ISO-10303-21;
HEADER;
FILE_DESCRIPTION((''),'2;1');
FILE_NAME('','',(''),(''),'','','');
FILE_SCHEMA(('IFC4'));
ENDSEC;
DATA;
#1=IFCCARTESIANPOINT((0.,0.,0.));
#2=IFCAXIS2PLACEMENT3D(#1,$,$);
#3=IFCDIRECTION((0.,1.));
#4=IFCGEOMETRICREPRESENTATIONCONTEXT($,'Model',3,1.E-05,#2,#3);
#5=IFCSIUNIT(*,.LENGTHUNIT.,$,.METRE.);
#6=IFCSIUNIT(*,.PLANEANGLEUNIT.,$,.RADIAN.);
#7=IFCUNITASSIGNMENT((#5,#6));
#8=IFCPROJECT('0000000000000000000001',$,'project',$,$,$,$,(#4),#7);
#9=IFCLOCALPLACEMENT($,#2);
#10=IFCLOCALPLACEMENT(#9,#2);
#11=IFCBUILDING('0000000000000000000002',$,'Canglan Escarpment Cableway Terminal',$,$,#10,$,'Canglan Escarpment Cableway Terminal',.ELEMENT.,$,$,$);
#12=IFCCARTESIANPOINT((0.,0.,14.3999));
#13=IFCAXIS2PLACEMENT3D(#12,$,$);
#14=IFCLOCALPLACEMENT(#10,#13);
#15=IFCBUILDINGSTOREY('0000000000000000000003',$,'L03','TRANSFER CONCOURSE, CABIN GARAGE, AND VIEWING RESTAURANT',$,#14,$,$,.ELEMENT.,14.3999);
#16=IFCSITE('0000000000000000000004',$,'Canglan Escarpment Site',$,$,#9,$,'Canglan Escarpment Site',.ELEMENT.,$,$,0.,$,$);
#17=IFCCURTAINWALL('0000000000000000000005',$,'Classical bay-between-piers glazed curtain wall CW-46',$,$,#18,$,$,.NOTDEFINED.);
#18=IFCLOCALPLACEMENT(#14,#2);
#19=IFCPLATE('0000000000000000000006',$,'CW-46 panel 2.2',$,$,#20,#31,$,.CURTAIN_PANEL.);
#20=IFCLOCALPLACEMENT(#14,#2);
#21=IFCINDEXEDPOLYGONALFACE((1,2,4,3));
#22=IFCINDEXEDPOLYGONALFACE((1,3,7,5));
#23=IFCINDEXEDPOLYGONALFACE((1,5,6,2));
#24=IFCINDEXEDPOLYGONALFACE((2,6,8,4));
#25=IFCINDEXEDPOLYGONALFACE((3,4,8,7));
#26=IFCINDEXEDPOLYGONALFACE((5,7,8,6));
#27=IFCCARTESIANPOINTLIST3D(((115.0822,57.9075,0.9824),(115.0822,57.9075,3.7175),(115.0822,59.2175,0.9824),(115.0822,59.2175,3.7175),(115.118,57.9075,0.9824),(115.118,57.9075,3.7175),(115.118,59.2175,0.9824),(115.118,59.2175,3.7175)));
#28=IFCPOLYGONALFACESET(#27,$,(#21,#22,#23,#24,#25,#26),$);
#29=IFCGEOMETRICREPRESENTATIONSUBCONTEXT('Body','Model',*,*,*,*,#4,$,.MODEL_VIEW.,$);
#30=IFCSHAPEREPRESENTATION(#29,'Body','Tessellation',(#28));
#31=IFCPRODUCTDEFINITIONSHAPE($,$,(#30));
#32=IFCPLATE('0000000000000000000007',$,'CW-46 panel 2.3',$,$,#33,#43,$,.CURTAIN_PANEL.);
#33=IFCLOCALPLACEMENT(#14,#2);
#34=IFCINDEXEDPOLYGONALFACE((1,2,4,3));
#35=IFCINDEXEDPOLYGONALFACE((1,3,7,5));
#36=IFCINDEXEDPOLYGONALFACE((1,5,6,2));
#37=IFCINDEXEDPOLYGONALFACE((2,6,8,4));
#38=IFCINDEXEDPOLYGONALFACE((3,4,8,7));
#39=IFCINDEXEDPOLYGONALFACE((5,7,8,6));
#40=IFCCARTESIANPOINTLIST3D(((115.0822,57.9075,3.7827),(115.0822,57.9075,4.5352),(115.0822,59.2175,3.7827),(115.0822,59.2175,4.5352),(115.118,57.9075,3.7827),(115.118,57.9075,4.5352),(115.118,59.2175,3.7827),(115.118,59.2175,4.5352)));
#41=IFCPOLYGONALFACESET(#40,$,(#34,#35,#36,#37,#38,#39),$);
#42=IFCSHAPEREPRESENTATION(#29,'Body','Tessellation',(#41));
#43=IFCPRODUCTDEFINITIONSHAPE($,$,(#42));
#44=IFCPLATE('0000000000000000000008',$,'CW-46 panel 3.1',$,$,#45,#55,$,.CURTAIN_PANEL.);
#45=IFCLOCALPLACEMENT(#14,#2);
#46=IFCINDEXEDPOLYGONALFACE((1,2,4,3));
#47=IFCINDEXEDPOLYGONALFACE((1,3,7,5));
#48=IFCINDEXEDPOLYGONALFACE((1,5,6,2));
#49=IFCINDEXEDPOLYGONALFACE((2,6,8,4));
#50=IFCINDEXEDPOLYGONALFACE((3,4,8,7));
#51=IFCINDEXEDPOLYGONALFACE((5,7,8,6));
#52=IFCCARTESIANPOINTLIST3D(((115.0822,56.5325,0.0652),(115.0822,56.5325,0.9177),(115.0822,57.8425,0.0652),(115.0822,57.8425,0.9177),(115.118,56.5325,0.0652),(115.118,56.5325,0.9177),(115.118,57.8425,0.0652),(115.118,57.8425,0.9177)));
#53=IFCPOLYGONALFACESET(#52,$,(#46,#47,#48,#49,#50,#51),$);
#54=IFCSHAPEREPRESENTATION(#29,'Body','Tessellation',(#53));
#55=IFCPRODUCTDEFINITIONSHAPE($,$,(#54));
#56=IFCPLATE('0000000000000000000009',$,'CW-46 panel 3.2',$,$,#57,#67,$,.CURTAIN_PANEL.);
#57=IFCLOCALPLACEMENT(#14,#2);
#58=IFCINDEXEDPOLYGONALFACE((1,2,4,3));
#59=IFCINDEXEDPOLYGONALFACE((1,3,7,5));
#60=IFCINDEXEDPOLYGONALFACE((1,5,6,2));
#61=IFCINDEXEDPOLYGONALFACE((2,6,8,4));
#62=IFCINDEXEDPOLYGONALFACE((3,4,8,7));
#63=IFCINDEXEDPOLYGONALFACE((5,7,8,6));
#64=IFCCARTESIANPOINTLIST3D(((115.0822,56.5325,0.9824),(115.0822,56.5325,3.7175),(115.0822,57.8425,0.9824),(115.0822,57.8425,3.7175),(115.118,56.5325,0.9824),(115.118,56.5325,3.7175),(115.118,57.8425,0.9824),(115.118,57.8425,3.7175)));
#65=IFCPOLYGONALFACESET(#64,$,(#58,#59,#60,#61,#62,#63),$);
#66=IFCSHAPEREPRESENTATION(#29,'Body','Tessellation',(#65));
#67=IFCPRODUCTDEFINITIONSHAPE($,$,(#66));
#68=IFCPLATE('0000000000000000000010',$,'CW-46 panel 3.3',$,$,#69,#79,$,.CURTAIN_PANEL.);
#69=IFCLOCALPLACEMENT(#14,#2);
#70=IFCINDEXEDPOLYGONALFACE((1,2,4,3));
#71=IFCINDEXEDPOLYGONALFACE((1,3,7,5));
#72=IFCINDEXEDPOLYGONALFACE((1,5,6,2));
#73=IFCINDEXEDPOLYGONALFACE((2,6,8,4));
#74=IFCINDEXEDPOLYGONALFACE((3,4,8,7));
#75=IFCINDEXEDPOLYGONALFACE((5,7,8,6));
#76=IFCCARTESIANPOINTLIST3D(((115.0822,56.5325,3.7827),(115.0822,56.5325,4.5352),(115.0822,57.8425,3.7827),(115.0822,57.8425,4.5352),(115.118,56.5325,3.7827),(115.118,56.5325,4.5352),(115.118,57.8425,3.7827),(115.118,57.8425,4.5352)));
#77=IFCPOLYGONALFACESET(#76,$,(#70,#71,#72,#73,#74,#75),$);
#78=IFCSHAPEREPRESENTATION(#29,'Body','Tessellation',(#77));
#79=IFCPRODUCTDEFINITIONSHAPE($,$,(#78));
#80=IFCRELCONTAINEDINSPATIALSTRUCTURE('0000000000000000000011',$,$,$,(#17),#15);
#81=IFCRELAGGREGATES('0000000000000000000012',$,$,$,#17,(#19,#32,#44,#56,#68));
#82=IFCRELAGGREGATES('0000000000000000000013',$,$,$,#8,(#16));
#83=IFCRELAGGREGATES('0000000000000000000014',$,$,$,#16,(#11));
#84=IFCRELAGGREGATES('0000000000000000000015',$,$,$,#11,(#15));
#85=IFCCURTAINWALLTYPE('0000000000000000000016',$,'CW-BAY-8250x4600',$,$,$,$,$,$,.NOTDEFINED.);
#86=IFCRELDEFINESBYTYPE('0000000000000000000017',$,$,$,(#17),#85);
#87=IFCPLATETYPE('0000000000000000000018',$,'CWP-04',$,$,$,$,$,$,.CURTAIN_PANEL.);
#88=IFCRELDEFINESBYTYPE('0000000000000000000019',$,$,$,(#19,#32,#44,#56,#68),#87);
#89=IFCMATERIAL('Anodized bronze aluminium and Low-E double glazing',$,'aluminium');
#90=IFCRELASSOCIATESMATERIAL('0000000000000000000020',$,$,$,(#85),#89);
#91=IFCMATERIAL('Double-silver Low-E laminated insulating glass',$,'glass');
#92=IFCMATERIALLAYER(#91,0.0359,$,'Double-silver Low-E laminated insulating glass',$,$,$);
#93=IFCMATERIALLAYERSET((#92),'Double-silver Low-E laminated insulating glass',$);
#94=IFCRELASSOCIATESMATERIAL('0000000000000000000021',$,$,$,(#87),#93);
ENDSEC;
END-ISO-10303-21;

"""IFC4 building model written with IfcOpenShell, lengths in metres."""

from ifc_helpers import new_model, si_unit, direction, frame, origin, origin_2d, place, context, subcontext, project, spatial, rectangle, extrude, material, layer, layer_set, type_object, element, aggregate, save


model = new_model("IFC4")

# Units and contexts
model_context = context("Model", 3, precision=1e-05, world=origin(), true_north=direction((0.0, 1.0)))
body_context = subcontext(model_context, "Body", "Model", "MODEL_VIEW")
ifc_project = project(units=[si_unit("LENGTHUNIT", "METRE"), si_unit("PLANEANGLEUNIT", "RADIAN")], contexts=[model_context])

# Site, building, storey
site_placement = place(None, origin())
site = spatial("IfcSite", under=ifc_project, at=site_placement, Name="Canglan Escarpment Site", LongName="Canglan Escarpment Site", CompositionType="ELEMENT", RefElevation=0.0)
building_placement = place(site_placement, origin())
building = spatial("IfcBuilding", under=site, at=building_placement, Name="Canglan Escarpment Cableway Terminal", LongName="Canglan Escarpment Cableway Terminal", CompositionType="ELEMENT")
storey_placement = place(building_placement, frame((0.0, 0.0, 14.3999)))
storey = spatial("IfcBuildingStorey", under=building, at=storey_placement, Name="L03", Description="TRANSFER CONCOURSE, CABIN GARAGE, AND VIEWING RESTAURANT", CompositionType="ELEMENT", Elevation=14.3999)

# Curtain wall, plates
ifc_material_1 = material(Name="Anodized bronze aluminium and Low-E double glazing", Category="aluminium")
curtain_wall_type = type_object("IfcCurtainWallType", Name="CW-BAY-8250x4600", PredefinedType="NOTDEFINED", material=ifc_material_1)
curtain_wall_placement = place(storey_placement, origin())
curtain_wall = element("IfcCurtainWall", 1, at=curtain_wall_placement, inside=storey, type_object=curtain_wall_type, Name="Classical bay-between-piers glazed curtain wall CW-46", PredefinedType="NOTDEFINED")
ifc_material_2 = material(Name="Double-silver Low-E laminated insulating glass", Category="glass")
ifc_layer = layer(ifc_material_2, 0.0359, Name="Double-silver Low-E laminated insulating glass")
ifc_layer_set = layer_set([ifc_layer], Name="Double-silver Low-E laminated insulating glass")
plate_type = type_object("IfcPlateType", Name="CWP-04", PredefinedType="CURTAIN_PANEL", material=ifc_layer_set)
plate_1_placement = place(storey_placement, frame((115.1001, 58.5625, 0.9824), z_axis=(0.0, 0.0, 1.0), x_axis=(0.0, -1.0, 0.0)))
plate_1 = element("IfcPlate", 2, at=plate_1_placement, type_object=plate_type, Name="CW-46 panel 2.2", PredefinedType="CURTAIN_PANEL", context=body_context, shape_type="SweptSolid", body=[
    extrude(rectangle(XDim=1.3101, YDim=0.0359, at=origin_2d()), origin(), (0.0, 0.0, 1.0), 2.7351),
])
plate_2_placement = place(storey_placement, frame((115.1001, 58.5625, 3.7827), z_axis=(0.0, 0.0, 1.0), x_axis=(0.0, -1.0, 0.0)))
plate_2 = element("IfcPlate", 3, at=plate_2_placement, type_object=plate_type, Name="CW-46 panel 2.3", PredefinedType="CURTAIN_PANEL", context=body_context, shape_type="SweptSolid", body=[
    extrude(rectangle(XDim=1.3101, YDim=0.0359, at=origin_2d()), origin(), (0.0, 0.0, 1.0), 0.7524),
])
plate_3_placement = place(storey_placement, frame((115.1001, 57.1875, 0.0652), z_axis=(0.0, 0.0, 1.0), x_axis=(0.0, -1.0, 0.0)))
plate_3 = element("IfcPlate", 4, at=plate_3_placement, type_object=plate_type, Name="CW-46 panel 3.1", PredefinedType="CURTAIN_PANEL", context=body_context, shape_type="SweptSolid", body=[
    extrude(rectangle(XDim=1.3101, YDim=0.0359, at=origin_2d()), origin(), (0.0, 0.0, 1.0), 0.8525),
])
plate_4_placement = place(storey_placement, frame((115.1001, 57.1875, 0.9824), z_axis=(0.0, 0.0, 1.0), x_axis=(0.0, -1.0, 0.0)))
plate_4 = element("IfcPlate", 5, at=plate_4_placement, type_object=plate_type, Name="CW-46 panel 3.2", PredefinedType="CURTAIN_PANEL", context=body_context, shape_type="SweptSolid", body=[
    extrude(rectangle(XDim=1.3101, YDim=0.0359, at=origin_2d()), origin(), (0.0, 0.0, 1.0), 2.7351),
])
plate_5_placement = place(storey_placement, frame((115.1001, 57.1875, 3.7827), z_axis=(0.0, 0.0, 1.0), x_axis=(0.0, -1.0, 0.0)))
plate_5 = element("IfcPlate", 6, at=plate_5_placement, type_object=plate_type, Name="CW-46 panel 3.3", PredefinedType="CURTAIN_PANEL", context=body_context, shape_type="SweptSolid", body=[
    extrude(rectangle(XDim=1.3101, YDim=0.0359, at=origin_2d()), origin(), (0.0, 0.0, 1.0), 0.7524),
])
aggregate(curtain_wall, [plate_1, plate_2, plate_3, plate_4, plate_5])

save(model, "model.ifc")
